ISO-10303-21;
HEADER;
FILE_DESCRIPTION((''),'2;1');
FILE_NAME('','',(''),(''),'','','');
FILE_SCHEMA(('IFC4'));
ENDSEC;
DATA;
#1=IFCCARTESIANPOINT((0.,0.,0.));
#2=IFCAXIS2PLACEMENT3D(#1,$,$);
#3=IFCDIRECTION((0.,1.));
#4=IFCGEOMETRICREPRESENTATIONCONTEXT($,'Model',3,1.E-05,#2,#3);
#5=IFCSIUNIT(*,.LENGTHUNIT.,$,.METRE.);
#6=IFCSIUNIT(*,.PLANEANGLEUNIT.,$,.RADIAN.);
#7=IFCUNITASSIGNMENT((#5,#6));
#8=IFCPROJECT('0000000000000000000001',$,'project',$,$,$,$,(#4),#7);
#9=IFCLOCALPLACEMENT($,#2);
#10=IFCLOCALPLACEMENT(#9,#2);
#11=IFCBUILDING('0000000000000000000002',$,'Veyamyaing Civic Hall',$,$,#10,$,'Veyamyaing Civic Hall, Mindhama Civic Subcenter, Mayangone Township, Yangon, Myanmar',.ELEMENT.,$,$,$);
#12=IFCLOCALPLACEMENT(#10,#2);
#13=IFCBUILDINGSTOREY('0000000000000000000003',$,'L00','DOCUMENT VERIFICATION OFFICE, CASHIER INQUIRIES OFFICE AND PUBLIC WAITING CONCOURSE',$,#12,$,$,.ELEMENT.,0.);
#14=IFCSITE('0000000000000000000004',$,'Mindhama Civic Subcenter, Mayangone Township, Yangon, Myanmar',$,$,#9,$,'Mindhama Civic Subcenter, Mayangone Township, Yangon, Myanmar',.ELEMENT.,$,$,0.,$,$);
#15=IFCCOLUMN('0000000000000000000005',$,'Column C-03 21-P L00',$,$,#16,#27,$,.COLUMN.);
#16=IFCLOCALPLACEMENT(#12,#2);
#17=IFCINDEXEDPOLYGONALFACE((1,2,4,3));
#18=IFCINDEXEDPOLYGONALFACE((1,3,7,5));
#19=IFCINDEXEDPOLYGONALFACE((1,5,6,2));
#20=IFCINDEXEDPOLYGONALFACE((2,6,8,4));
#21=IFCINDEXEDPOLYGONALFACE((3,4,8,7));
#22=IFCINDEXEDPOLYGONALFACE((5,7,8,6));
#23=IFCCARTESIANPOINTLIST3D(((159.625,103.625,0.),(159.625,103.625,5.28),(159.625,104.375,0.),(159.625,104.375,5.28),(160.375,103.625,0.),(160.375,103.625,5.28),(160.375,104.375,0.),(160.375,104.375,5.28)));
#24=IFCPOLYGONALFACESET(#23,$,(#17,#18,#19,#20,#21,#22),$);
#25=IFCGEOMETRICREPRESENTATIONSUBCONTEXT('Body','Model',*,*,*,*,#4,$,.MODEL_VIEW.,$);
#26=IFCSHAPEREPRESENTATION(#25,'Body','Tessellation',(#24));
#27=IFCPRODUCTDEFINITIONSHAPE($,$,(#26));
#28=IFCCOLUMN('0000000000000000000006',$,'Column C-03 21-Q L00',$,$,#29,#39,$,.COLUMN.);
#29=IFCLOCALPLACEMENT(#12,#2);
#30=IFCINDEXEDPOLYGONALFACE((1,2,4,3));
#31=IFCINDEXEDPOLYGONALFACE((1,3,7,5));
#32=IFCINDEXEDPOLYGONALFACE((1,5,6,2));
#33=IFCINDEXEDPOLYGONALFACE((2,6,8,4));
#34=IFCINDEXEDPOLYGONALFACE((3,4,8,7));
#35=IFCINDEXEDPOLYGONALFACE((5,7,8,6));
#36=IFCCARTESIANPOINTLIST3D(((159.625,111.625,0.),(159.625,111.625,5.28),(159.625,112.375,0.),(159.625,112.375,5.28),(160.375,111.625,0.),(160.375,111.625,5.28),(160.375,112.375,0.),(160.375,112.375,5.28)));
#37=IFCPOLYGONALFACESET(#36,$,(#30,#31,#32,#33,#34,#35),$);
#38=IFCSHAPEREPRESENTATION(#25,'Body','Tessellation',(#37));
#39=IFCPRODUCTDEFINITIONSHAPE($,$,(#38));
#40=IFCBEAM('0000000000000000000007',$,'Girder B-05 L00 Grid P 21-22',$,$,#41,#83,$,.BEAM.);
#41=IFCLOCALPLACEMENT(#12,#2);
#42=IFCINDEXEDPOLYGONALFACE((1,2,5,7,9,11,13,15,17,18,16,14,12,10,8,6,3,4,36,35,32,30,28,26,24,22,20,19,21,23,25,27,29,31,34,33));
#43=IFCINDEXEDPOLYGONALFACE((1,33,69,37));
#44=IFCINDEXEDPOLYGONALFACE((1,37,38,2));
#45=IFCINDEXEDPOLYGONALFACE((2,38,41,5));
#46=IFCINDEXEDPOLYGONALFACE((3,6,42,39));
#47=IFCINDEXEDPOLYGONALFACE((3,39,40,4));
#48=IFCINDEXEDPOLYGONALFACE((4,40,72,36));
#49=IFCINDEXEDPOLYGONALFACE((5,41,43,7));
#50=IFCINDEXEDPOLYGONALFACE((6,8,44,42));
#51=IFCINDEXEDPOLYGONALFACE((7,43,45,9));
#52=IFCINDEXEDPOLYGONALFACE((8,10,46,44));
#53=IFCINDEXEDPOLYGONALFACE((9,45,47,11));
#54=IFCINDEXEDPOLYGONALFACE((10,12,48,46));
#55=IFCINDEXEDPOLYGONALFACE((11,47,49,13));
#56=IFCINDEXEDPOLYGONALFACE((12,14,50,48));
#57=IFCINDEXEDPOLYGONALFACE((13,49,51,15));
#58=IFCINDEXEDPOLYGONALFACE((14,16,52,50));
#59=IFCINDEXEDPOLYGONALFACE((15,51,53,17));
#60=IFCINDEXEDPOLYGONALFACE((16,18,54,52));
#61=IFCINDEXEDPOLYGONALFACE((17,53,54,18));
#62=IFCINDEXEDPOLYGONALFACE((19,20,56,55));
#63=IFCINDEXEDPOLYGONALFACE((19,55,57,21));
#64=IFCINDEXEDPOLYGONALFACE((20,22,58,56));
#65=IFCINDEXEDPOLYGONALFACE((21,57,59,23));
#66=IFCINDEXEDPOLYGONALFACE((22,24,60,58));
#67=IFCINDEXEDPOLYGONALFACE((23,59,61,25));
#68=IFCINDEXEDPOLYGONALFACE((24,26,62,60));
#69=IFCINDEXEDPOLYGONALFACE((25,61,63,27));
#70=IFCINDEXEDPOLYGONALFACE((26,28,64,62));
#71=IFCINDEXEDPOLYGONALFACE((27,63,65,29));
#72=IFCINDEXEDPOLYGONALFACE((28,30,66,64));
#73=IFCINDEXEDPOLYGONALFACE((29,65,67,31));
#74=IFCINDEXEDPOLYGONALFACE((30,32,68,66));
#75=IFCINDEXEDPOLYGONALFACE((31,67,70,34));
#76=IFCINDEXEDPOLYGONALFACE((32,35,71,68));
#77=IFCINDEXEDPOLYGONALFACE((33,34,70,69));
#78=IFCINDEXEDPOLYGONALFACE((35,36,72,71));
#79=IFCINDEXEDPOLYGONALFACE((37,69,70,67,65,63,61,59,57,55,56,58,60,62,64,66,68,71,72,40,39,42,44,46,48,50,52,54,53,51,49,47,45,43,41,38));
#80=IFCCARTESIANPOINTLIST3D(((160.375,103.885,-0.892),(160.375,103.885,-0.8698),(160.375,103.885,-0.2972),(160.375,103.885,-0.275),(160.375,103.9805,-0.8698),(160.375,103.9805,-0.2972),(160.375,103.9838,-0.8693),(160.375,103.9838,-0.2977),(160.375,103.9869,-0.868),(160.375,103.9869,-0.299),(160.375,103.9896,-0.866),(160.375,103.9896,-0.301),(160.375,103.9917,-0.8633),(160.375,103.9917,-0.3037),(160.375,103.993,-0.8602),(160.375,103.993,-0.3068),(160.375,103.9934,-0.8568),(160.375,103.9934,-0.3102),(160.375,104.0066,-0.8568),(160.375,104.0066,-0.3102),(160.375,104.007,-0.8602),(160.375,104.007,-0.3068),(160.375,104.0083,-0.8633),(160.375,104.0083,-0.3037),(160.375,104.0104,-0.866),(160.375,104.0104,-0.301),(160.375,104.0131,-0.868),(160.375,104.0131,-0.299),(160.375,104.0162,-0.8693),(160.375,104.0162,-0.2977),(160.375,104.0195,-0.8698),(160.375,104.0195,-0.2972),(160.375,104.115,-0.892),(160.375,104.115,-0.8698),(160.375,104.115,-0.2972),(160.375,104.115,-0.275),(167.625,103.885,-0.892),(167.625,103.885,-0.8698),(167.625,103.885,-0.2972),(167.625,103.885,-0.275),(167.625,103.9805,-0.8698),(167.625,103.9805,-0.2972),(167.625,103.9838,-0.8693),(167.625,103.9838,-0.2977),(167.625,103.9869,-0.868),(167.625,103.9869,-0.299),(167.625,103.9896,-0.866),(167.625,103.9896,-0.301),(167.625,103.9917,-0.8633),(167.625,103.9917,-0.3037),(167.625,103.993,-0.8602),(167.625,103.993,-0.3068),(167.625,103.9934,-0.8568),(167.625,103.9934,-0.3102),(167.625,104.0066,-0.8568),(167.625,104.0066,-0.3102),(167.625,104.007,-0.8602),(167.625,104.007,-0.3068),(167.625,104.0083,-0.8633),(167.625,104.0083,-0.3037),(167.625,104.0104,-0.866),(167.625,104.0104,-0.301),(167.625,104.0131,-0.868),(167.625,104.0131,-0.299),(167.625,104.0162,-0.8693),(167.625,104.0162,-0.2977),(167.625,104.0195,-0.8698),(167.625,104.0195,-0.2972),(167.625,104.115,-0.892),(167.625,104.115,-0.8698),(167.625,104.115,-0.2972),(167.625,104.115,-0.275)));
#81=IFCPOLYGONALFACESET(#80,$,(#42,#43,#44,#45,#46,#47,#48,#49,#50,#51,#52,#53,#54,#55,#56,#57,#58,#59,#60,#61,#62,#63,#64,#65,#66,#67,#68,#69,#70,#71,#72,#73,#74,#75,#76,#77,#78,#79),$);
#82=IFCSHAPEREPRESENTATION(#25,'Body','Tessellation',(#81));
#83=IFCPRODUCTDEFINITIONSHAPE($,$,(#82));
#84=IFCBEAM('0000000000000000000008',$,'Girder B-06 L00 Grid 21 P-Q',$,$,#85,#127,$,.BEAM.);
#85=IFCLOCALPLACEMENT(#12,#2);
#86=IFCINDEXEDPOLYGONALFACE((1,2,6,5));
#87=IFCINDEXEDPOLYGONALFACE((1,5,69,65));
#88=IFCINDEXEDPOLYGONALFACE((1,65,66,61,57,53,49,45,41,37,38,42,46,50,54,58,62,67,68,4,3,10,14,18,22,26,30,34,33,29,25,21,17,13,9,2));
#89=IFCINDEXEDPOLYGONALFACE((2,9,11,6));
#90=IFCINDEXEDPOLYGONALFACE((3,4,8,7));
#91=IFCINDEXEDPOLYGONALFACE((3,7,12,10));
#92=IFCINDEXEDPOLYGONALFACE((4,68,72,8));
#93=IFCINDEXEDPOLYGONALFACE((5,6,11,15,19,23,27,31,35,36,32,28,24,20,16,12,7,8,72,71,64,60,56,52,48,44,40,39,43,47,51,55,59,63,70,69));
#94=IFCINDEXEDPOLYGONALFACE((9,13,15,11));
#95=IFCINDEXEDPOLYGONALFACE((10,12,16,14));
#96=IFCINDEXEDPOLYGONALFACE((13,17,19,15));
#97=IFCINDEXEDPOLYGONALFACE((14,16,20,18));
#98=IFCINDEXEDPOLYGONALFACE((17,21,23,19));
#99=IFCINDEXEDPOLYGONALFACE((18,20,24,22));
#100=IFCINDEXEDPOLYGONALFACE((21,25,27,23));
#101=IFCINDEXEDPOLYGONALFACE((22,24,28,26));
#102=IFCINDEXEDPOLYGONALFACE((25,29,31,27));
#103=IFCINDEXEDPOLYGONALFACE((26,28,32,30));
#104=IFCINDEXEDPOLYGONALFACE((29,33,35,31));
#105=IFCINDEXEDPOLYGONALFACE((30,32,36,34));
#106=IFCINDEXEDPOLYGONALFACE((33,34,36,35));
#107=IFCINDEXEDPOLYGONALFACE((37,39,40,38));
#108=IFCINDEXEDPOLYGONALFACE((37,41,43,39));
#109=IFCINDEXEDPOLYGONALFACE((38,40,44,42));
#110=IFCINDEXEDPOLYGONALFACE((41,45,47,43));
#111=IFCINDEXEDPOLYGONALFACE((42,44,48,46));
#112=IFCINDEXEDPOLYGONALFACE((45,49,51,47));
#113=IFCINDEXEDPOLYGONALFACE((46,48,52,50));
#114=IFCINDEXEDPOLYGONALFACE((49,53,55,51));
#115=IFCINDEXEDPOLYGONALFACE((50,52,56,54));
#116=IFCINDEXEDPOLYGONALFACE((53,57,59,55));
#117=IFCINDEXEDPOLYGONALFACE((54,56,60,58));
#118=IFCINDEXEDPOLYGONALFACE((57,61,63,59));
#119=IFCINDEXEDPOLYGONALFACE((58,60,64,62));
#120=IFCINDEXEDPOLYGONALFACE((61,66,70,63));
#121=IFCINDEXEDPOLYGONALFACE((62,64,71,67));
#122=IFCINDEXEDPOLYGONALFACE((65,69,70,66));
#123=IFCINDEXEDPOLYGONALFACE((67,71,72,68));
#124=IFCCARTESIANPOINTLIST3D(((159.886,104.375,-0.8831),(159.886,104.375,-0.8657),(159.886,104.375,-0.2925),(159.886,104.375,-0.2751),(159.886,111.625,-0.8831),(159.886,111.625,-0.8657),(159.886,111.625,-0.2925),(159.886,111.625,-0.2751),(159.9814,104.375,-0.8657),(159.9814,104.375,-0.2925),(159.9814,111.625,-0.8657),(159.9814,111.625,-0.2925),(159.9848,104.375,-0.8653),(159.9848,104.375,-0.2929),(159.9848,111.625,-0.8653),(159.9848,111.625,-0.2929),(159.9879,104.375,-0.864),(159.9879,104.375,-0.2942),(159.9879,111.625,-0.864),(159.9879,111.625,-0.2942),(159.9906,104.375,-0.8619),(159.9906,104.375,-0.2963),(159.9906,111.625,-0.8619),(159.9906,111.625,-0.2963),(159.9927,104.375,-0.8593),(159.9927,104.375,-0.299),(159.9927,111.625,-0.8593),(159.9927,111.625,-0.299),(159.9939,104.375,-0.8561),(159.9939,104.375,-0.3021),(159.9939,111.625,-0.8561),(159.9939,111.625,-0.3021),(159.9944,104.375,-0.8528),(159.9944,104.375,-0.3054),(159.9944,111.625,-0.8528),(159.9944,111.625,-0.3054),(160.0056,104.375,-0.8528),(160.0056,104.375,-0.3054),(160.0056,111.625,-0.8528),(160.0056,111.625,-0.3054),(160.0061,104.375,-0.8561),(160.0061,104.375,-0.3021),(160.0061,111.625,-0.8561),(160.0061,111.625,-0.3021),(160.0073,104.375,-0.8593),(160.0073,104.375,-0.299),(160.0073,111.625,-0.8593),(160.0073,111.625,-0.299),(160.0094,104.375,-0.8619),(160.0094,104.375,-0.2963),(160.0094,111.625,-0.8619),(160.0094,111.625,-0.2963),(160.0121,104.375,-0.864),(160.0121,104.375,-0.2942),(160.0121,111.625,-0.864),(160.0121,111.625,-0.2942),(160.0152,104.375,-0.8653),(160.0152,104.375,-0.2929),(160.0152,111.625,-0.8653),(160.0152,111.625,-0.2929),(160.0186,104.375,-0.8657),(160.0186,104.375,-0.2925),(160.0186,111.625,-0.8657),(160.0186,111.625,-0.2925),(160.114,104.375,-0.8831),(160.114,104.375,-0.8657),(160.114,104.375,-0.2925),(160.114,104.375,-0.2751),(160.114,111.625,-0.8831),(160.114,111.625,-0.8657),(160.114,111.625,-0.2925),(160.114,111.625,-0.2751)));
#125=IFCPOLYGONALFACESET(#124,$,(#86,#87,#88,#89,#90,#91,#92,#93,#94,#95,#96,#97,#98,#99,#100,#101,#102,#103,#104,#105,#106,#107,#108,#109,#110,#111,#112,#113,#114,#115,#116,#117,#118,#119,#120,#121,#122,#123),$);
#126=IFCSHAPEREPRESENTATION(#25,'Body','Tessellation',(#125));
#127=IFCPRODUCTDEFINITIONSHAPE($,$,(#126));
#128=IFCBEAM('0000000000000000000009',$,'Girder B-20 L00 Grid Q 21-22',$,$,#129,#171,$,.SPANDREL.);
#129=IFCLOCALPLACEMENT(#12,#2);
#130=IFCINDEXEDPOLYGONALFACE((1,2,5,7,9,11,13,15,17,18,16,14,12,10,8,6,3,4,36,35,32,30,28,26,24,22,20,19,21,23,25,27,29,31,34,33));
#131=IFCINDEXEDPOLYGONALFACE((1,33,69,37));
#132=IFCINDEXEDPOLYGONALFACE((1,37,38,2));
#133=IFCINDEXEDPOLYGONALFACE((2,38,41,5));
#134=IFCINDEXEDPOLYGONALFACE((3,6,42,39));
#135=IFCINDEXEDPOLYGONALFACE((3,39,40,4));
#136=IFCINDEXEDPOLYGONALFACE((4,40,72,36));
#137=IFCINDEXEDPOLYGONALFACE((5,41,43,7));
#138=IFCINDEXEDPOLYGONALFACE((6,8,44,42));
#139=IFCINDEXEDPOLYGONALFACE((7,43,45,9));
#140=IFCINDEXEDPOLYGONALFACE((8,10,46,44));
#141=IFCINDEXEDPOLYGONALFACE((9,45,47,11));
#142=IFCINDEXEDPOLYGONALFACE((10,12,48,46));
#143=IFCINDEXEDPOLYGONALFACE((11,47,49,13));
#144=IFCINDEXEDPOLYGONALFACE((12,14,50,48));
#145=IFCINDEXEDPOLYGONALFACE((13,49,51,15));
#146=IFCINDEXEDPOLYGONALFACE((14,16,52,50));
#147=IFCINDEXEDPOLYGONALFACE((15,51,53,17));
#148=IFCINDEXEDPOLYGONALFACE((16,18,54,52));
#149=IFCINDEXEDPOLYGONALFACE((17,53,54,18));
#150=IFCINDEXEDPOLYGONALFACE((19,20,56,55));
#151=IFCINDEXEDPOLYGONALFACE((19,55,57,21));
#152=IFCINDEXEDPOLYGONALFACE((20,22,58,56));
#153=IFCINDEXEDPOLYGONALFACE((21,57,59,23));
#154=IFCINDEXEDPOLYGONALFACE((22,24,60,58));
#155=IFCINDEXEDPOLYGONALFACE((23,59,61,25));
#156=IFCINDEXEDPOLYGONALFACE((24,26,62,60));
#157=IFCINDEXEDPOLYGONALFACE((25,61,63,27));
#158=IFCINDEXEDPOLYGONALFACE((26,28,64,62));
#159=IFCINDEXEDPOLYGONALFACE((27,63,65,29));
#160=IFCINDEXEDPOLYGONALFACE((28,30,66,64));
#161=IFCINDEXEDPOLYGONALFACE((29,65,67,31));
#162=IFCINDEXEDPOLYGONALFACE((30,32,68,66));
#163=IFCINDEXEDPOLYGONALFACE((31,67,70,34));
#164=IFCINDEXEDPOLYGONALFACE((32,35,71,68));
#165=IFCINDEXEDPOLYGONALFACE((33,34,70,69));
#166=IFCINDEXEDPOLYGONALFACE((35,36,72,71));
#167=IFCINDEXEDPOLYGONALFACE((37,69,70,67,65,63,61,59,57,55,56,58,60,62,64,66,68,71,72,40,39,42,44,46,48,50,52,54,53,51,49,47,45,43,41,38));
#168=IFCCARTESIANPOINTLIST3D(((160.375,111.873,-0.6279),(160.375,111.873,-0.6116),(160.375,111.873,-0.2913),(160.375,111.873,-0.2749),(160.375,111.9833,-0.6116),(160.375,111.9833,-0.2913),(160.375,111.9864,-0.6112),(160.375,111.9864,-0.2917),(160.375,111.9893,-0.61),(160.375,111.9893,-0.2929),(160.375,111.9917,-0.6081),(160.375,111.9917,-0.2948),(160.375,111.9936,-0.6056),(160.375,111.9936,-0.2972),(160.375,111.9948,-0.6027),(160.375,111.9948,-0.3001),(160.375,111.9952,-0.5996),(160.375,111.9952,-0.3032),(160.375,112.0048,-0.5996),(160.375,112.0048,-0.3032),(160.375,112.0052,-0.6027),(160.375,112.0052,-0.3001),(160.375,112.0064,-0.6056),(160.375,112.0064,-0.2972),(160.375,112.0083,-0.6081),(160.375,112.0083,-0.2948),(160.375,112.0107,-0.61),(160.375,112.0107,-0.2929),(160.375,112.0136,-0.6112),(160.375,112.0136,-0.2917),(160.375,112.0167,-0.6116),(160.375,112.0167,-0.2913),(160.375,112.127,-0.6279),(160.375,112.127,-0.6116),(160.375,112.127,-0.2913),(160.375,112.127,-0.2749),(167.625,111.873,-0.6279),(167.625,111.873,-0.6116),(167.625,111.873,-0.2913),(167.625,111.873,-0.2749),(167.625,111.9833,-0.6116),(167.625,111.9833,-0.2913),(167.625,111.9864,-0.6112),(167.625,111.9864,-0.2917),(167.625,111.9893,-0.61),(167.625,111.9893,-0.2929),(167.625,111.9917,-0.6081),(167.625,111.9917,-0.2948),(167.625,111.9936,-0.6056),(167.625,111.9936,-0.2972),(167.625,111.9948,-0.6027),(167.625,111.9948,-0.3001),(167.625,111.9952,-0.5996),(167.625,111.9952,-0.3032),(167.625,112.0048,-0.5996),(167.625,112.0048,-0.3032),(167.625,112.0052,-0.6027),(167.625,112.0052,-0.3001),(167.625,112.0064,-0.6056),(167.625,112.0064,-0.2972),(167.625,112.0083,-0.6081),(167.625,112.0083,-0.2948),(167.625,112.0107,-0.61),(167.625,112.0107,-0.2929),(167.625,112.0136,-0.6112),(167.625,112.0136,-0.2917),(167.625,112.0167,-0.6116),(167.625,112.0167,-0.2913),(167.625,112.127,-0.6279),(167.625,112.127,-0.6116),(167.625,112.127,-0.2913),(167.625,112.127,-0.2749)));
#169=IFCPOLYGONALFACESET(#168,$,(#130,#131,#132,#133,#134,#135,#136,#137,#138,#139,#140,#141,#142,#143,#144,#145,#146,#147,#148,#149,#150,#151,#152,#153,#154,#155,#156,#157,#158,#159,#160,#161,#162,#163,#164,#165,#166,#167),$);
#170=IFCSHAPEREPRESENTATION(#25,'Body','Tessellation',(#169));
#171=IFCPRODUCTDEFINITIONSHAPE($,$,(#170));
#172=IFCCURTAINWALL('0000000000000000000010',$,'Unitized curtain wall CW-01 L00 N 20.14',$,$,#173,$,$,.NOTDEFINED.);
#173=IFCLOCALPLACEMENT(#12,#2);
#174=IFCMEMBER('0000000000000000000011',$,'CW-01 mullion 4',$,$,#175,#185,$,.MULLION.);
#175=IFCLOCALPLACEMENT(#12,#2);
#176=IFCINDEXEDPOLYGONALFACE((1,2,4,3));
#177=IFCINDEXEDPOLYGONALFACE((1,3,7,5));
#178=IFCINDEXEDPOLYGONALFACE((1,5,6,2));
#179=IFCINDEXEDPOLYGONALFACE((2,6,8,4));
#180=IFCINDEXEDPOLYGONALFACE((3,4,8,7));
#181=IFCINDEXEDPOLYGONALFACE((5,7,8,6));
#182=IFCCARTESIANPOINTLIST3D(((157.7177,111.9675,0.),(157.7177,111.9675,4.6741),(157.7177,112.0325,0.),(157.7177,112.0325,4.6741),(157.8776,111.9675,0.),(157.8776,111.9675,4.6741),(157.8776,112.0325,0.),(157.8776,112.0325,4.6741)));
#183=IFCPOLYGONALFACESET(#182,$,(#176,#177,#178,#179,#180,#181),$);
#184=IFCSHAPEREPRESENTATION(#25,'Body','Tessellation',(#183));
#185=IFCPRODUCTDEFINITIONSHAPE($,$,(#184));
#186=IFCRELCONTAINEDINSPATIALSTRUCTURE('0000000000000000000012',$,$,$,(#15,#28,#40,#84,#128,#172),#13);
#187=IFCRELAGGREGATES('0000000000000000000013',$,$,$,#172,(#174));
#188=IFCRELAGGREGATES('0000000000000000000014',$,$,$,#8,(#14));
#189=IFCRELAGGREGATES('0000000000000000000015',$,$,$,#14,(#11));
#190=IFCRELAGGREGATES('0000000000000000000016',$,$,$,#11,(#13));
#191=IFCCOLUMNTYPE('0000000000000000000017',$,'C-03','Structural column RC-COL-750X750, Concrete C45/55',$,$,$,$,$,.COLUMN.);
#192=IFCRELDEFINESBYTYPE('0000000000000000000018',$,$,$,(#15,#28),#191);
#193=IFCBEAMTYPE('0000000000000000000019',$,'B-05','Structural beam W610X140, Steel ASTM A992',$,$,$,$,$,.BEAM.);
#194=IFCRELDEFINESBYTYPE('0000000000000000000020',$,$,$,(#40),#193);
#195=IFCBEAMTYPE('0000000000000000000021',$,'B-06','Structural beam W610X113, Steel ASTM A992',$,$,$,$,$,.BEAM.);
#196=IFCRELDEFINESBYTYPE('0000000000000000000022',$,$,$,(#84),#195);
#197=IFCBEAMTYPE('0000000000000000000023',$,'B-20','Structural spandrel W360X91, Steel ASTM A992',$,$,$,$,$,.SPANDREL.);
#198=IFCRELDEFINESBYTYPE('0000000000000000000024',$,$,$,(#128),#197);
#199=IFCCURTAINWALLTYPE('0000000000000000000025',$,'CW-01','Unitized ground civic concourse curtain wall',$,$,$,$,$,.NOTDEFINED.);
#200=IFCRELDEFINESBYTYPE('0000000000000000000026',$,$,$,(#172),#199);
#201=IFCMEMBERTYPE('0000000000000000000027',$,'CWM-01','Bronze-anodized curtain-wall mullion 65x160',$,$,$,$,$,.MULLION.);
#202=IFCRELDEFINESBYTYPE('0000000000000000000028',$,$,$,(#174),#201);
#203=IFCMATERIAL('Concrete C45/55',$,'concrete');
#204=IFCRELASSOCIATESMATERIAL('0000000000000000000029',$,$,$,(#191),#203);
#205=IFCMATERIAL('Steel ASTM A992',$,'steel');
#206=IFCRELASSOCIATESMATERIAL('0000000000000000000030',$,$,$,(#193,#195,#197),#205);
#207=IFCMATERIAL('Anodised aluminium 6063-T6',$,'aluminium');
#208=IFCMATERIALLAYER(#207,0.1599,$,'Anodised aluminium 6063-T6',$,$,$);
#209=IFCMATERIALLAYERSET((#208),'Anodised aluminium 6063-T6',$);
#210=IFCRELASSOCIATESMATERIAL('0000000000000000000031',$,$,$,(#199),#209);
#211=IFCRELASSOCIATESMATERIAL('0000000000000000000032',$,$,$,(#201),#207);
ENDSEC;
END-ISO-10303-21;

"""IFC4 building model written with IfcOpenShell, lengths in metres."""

from ifc_helpers import new_model, si_unit, direction, frame, origin, origin_2d, place, context, subcontext, project, spatial, rectangle, i_section, extrude, material, layer, layer_set, material_profile, profile_set, type_object, element, aggregate, save


model = new_model("IFC4")

# Units and contexts
model_context = context("Model", 3, precision=1e-05, world=origin(), true_north=direction((0.0, 1.0)))
body_context = subcontext(model_context, "Body", "Model", "MODEL_VIEW")
ifc_project = project(units=[si_unit("LENGTHUNIT", "METRE"), si_unit("PLANEANGLEUNIT", "RADIAN")], contexts=[model_context])

# Site, building, storey
site_placement = place(None, origin())
site = spatial("IfcSite", under=ifc_project, at=site_placement, Name="Mindhama Civic Subcenter, Mayangone Township, Yangon, Myanmar", LongName="Mindhama Civic Subcenter, Mayangone Township, Yangon, Myanmar", CompositionType="ELEMENT", RefElevation=0.0)
building_placement = place(site_placement, origin())
building = spatial("IfcBuilding", under=site, at=building_placement, Name="Veyamyaing Civic Hall", LongName="Veyamyaing Civic Hall, Mindhama Civic Subcenter, Mayangone Township, Yangon, Myanmar", CompositionType="ELEMENT")
storey_placement = place(building_placement, origin())
storey = spatial("IfcBuildingStorey", under=building, at=storey_placement, Name="L00", Description="DOCUMENT VERIFICATION OFFICE, CASHIER INQUIRIES OFFICE AND PUBLIC WAITING CONCOURSE", CompositionType="ELEMENT", Elevation=0.0)

# Columns
ifc_material_1 = material(Name="Concrete C45/55", Category="concrete")
ifc_material_profile_1 = material_profile(ifc_material_1, rectangle(XDim=0.75, YDim=0.75, at=origin_2d()), Name="RC-COL-750X750")
ifc_profile_set_1 = profile_set([ifc_material_profile_1], Name="Concrete C45/55")
column_type = type_object("IfcColumnType", Name="C-03", Description="Structural column RC-COL-750X750, Concrete C45/55", PredefinedType="COLUMN", material=ifc_profile_set_1)
for number, where, z_axis, x_axis, name in (
    (1, (160.0, 104.0, 0.0), (0.0, 0.0, 1.0), (1.0, 0.0, 0.0), "Column C-03 21-P L00"),
    (2, (160.0, 112.0, 0.0), (0.0, 0.0, 1.0), (1.0, 0.0, 0.0), "Column C-03 21-Q L00"),
):
    element("IfcColumn", number, at=place(storey_placement, frame(where, z_axis=z_axis, x_axis=x_axis)), inside=storey, type_object=column_type, Name=name, PredefinedType="COLUMN", context=body_context, shape_type="SweptSolid", body=[
        extrude(rectangle(XDim=0.75, YDim=0.75, at=origin_2d()), origin(), (0.0, 0.0, 1.0), 5.28),
    ])

# Beams
ifc_material_2 = material(Name="Steel ASTM A992", Category="steel")
ifc_material_profile_2 = material_profile(ifc_material_2, i_section(OverallWidth=0.23, OverallDepth=0.6169, WebThickness=0.0132, FlangeThickness=0.0222, FilletRadius=0.0129, at=origin_2d()), Name="W610X140")
ifc_profile_set_2 = profile_set([ifc_material_profile_2], Name="Steel ASTM A992")
beam_type_1 = type_object("IfcBeamType", Name="B-05", Description="Structural beam W610X140, Steel ASTM A992", PredefinedType="BEAM", material=ifc_profile_set_2)
beam_1_placement = place(storey_placement, frame((160.375, 104.0, -0.5835), z_axis=(1.0, 0.0, 0.0), x_axis=(0.0, 1.0, 0.0)))
element("IfcBeam", 3, at=beam_1_placement, inside=storey, type_object=beam_type_1, Name="Girder B-05 L00 Grid P 21-22", PredefinedType="BEAM", context=body_context, shape_type="SweptSolid", body=[
    extrude(i_section(OverallWidth=0.23, OverallDepth=0.6169, WebThickness=0.0132, FlangeThickness=0.0222, FilletRadius=0.0129, at=origin_2d()), origin(), (0.0, 0.0, 1.0), 7.25),
])
ifc_material_profile_3 = material_profile(ifc_material_2, i_section(OverallWidth=0.228, OverallDepth=0.6079, WebThickness=0.0112, FlangeThickness=0.0173, FilletRadius=0.0129, at=origin_2d()), Name="W610X113")
ifc_profile_set_3 = profile_set([ifc_material_profile_3], Name="Steel ASTM A992")
beam_type_2 = type_object("IfcBeamType", Name="B-06", Description="Structural beam W610X113, Steel ASTM A992", PredefinedType="BEAM", material=ifc_profile_set_3)
beam_2_placement = place(storey_placement, frame((160.0, 104.375, -0.5791), z_axis=(0.0, 1.0, 0.0), x_axis=(-1.0, 0.0, 0.0)))
element("IfcBeam", 4, at=beam_2_placement, inside=storey, type_object=beam_type_2, Name="Girder B-06 L00 Grid 21 P-Q", PredefinedType="BEAM", context=body_context, shape_type="SweptSolid", body=[
    extrude(i_section(OverallWidth=0.228, OverallDepth=0.6079, WebThickness=0.0112, FlangeThickness=0.0173, FilletRadius=0.0129, at=origin_2d()), origin(), (0.0, 0.0, 1.0), 7.25),
])
ifc_material_profile_4 = material_profile(ifc_material_2, i_section(OverallWidth=0.2539, OverallDepth=0.353, WebThickness=0.0095, FlangeThickness=0.0164, FilletRadius=0.012, at=origin_2d()), Name="W360X91")
ifc_profile_set_4 = profile_set([ifc_material_profile_4], Name="Steel ASTM A992")
beam_type_3 = type_object("IfcBeamType", Name="B-20", Description="Structural spandrel W360X91, Steel ASTM A992", PredefinedType="SPANDREL", material=ifc_profile_set_4)
beam_3_placement = place(storey_placement, frame((160.375, 112.0, -0.4514), z_axis=(1.0, 0.0, 0.0), x_axis=(0.0, 1.0, 0.0)))
element("IfcBeam", 5, at=beam_3_placement, inside=storey, type_object=beam_type_3, Name="Girder B-20 L00 Grid Q 21-22", PredefinedType="SPANDREL", context=body_context, shape_type="SweptSolid", body=[
    extrude(i_section(OverallWidth=0.2539, OverallDepth=0.353, WebThickness=0.0095, FlangeThickness=0.0164, FilletRadius=0.012, at=origin_2d()), origin(), (0.0, 0.0, 1.0), 7.25),
])

# Curtain wall, member
ifc_material_3 = material(Name="Anodised aluminium 6063-T6", Category="aluminium")
ifc_layer_1 = layer(ifc_material_3, 0.1599, Name="Anodised aluminium 6063-T6")
ifc_layer_set_1 = layer_set([ifc_layer_1], Name="Anodised aluminium 6063-T6")
curtain_wall_type = type_object("IfcCurtainWallType", Name="CW-01", Description="Unitized ground civic concourse curtain wall", PredefinedType="NOTDEFINED", material=ifc_layer_set_1)
curtain_wall_placement = place(storey_placement, origin())
curtain_wall = element("IfcCurtainWall", 6, at=curtain_wall_placement, inside=storey, type_object=curtain_wall_type, Name="Unitized curtain wall CW-01 L00 N 20.14", PredefinedType="NOTDEFINED")
ifc_material_profile_5 = material_profile(ifc_material_3, rectangle(XDim=0.0649, YDim=0.1599, at=origin_2d()), Name="ALU-MUL-65X160")
ifc_profile_set_5 = profile_set([ifc_material_profile_5], Name="Anodised aluminium 6063-T6")
member_type_1 = type_object("IfcMemberType", Name="CWM-01", Description="Bronze-anodized curtain-wall mullion 65x160", PredefinedType="MULLION", material=ifc_profile_set_5)
member_1_placement = place(storey_placement, frame((157.7976, 112.0, 0.0), z_axis=(0.0, 0.0, 1.0), x_axis=(0.0, 1.0, 0.0)))
member_1 = element("IfcMember", 7, at=member_1_placement, type_object=member_type_1, Name="CW-01 mullion 4", PredefinedType="MULLION", context=body_context, shape_type="SweptSolid", body=[
    extrude(rectangle(XDim=0.0649, YDim=0.1599, at=origin_2d()), origin(), (0.0, 0.0, 1.0), 4.6741),
])

aggregate(curtain_wall, [member_1])

save(model, "model.ifc")
